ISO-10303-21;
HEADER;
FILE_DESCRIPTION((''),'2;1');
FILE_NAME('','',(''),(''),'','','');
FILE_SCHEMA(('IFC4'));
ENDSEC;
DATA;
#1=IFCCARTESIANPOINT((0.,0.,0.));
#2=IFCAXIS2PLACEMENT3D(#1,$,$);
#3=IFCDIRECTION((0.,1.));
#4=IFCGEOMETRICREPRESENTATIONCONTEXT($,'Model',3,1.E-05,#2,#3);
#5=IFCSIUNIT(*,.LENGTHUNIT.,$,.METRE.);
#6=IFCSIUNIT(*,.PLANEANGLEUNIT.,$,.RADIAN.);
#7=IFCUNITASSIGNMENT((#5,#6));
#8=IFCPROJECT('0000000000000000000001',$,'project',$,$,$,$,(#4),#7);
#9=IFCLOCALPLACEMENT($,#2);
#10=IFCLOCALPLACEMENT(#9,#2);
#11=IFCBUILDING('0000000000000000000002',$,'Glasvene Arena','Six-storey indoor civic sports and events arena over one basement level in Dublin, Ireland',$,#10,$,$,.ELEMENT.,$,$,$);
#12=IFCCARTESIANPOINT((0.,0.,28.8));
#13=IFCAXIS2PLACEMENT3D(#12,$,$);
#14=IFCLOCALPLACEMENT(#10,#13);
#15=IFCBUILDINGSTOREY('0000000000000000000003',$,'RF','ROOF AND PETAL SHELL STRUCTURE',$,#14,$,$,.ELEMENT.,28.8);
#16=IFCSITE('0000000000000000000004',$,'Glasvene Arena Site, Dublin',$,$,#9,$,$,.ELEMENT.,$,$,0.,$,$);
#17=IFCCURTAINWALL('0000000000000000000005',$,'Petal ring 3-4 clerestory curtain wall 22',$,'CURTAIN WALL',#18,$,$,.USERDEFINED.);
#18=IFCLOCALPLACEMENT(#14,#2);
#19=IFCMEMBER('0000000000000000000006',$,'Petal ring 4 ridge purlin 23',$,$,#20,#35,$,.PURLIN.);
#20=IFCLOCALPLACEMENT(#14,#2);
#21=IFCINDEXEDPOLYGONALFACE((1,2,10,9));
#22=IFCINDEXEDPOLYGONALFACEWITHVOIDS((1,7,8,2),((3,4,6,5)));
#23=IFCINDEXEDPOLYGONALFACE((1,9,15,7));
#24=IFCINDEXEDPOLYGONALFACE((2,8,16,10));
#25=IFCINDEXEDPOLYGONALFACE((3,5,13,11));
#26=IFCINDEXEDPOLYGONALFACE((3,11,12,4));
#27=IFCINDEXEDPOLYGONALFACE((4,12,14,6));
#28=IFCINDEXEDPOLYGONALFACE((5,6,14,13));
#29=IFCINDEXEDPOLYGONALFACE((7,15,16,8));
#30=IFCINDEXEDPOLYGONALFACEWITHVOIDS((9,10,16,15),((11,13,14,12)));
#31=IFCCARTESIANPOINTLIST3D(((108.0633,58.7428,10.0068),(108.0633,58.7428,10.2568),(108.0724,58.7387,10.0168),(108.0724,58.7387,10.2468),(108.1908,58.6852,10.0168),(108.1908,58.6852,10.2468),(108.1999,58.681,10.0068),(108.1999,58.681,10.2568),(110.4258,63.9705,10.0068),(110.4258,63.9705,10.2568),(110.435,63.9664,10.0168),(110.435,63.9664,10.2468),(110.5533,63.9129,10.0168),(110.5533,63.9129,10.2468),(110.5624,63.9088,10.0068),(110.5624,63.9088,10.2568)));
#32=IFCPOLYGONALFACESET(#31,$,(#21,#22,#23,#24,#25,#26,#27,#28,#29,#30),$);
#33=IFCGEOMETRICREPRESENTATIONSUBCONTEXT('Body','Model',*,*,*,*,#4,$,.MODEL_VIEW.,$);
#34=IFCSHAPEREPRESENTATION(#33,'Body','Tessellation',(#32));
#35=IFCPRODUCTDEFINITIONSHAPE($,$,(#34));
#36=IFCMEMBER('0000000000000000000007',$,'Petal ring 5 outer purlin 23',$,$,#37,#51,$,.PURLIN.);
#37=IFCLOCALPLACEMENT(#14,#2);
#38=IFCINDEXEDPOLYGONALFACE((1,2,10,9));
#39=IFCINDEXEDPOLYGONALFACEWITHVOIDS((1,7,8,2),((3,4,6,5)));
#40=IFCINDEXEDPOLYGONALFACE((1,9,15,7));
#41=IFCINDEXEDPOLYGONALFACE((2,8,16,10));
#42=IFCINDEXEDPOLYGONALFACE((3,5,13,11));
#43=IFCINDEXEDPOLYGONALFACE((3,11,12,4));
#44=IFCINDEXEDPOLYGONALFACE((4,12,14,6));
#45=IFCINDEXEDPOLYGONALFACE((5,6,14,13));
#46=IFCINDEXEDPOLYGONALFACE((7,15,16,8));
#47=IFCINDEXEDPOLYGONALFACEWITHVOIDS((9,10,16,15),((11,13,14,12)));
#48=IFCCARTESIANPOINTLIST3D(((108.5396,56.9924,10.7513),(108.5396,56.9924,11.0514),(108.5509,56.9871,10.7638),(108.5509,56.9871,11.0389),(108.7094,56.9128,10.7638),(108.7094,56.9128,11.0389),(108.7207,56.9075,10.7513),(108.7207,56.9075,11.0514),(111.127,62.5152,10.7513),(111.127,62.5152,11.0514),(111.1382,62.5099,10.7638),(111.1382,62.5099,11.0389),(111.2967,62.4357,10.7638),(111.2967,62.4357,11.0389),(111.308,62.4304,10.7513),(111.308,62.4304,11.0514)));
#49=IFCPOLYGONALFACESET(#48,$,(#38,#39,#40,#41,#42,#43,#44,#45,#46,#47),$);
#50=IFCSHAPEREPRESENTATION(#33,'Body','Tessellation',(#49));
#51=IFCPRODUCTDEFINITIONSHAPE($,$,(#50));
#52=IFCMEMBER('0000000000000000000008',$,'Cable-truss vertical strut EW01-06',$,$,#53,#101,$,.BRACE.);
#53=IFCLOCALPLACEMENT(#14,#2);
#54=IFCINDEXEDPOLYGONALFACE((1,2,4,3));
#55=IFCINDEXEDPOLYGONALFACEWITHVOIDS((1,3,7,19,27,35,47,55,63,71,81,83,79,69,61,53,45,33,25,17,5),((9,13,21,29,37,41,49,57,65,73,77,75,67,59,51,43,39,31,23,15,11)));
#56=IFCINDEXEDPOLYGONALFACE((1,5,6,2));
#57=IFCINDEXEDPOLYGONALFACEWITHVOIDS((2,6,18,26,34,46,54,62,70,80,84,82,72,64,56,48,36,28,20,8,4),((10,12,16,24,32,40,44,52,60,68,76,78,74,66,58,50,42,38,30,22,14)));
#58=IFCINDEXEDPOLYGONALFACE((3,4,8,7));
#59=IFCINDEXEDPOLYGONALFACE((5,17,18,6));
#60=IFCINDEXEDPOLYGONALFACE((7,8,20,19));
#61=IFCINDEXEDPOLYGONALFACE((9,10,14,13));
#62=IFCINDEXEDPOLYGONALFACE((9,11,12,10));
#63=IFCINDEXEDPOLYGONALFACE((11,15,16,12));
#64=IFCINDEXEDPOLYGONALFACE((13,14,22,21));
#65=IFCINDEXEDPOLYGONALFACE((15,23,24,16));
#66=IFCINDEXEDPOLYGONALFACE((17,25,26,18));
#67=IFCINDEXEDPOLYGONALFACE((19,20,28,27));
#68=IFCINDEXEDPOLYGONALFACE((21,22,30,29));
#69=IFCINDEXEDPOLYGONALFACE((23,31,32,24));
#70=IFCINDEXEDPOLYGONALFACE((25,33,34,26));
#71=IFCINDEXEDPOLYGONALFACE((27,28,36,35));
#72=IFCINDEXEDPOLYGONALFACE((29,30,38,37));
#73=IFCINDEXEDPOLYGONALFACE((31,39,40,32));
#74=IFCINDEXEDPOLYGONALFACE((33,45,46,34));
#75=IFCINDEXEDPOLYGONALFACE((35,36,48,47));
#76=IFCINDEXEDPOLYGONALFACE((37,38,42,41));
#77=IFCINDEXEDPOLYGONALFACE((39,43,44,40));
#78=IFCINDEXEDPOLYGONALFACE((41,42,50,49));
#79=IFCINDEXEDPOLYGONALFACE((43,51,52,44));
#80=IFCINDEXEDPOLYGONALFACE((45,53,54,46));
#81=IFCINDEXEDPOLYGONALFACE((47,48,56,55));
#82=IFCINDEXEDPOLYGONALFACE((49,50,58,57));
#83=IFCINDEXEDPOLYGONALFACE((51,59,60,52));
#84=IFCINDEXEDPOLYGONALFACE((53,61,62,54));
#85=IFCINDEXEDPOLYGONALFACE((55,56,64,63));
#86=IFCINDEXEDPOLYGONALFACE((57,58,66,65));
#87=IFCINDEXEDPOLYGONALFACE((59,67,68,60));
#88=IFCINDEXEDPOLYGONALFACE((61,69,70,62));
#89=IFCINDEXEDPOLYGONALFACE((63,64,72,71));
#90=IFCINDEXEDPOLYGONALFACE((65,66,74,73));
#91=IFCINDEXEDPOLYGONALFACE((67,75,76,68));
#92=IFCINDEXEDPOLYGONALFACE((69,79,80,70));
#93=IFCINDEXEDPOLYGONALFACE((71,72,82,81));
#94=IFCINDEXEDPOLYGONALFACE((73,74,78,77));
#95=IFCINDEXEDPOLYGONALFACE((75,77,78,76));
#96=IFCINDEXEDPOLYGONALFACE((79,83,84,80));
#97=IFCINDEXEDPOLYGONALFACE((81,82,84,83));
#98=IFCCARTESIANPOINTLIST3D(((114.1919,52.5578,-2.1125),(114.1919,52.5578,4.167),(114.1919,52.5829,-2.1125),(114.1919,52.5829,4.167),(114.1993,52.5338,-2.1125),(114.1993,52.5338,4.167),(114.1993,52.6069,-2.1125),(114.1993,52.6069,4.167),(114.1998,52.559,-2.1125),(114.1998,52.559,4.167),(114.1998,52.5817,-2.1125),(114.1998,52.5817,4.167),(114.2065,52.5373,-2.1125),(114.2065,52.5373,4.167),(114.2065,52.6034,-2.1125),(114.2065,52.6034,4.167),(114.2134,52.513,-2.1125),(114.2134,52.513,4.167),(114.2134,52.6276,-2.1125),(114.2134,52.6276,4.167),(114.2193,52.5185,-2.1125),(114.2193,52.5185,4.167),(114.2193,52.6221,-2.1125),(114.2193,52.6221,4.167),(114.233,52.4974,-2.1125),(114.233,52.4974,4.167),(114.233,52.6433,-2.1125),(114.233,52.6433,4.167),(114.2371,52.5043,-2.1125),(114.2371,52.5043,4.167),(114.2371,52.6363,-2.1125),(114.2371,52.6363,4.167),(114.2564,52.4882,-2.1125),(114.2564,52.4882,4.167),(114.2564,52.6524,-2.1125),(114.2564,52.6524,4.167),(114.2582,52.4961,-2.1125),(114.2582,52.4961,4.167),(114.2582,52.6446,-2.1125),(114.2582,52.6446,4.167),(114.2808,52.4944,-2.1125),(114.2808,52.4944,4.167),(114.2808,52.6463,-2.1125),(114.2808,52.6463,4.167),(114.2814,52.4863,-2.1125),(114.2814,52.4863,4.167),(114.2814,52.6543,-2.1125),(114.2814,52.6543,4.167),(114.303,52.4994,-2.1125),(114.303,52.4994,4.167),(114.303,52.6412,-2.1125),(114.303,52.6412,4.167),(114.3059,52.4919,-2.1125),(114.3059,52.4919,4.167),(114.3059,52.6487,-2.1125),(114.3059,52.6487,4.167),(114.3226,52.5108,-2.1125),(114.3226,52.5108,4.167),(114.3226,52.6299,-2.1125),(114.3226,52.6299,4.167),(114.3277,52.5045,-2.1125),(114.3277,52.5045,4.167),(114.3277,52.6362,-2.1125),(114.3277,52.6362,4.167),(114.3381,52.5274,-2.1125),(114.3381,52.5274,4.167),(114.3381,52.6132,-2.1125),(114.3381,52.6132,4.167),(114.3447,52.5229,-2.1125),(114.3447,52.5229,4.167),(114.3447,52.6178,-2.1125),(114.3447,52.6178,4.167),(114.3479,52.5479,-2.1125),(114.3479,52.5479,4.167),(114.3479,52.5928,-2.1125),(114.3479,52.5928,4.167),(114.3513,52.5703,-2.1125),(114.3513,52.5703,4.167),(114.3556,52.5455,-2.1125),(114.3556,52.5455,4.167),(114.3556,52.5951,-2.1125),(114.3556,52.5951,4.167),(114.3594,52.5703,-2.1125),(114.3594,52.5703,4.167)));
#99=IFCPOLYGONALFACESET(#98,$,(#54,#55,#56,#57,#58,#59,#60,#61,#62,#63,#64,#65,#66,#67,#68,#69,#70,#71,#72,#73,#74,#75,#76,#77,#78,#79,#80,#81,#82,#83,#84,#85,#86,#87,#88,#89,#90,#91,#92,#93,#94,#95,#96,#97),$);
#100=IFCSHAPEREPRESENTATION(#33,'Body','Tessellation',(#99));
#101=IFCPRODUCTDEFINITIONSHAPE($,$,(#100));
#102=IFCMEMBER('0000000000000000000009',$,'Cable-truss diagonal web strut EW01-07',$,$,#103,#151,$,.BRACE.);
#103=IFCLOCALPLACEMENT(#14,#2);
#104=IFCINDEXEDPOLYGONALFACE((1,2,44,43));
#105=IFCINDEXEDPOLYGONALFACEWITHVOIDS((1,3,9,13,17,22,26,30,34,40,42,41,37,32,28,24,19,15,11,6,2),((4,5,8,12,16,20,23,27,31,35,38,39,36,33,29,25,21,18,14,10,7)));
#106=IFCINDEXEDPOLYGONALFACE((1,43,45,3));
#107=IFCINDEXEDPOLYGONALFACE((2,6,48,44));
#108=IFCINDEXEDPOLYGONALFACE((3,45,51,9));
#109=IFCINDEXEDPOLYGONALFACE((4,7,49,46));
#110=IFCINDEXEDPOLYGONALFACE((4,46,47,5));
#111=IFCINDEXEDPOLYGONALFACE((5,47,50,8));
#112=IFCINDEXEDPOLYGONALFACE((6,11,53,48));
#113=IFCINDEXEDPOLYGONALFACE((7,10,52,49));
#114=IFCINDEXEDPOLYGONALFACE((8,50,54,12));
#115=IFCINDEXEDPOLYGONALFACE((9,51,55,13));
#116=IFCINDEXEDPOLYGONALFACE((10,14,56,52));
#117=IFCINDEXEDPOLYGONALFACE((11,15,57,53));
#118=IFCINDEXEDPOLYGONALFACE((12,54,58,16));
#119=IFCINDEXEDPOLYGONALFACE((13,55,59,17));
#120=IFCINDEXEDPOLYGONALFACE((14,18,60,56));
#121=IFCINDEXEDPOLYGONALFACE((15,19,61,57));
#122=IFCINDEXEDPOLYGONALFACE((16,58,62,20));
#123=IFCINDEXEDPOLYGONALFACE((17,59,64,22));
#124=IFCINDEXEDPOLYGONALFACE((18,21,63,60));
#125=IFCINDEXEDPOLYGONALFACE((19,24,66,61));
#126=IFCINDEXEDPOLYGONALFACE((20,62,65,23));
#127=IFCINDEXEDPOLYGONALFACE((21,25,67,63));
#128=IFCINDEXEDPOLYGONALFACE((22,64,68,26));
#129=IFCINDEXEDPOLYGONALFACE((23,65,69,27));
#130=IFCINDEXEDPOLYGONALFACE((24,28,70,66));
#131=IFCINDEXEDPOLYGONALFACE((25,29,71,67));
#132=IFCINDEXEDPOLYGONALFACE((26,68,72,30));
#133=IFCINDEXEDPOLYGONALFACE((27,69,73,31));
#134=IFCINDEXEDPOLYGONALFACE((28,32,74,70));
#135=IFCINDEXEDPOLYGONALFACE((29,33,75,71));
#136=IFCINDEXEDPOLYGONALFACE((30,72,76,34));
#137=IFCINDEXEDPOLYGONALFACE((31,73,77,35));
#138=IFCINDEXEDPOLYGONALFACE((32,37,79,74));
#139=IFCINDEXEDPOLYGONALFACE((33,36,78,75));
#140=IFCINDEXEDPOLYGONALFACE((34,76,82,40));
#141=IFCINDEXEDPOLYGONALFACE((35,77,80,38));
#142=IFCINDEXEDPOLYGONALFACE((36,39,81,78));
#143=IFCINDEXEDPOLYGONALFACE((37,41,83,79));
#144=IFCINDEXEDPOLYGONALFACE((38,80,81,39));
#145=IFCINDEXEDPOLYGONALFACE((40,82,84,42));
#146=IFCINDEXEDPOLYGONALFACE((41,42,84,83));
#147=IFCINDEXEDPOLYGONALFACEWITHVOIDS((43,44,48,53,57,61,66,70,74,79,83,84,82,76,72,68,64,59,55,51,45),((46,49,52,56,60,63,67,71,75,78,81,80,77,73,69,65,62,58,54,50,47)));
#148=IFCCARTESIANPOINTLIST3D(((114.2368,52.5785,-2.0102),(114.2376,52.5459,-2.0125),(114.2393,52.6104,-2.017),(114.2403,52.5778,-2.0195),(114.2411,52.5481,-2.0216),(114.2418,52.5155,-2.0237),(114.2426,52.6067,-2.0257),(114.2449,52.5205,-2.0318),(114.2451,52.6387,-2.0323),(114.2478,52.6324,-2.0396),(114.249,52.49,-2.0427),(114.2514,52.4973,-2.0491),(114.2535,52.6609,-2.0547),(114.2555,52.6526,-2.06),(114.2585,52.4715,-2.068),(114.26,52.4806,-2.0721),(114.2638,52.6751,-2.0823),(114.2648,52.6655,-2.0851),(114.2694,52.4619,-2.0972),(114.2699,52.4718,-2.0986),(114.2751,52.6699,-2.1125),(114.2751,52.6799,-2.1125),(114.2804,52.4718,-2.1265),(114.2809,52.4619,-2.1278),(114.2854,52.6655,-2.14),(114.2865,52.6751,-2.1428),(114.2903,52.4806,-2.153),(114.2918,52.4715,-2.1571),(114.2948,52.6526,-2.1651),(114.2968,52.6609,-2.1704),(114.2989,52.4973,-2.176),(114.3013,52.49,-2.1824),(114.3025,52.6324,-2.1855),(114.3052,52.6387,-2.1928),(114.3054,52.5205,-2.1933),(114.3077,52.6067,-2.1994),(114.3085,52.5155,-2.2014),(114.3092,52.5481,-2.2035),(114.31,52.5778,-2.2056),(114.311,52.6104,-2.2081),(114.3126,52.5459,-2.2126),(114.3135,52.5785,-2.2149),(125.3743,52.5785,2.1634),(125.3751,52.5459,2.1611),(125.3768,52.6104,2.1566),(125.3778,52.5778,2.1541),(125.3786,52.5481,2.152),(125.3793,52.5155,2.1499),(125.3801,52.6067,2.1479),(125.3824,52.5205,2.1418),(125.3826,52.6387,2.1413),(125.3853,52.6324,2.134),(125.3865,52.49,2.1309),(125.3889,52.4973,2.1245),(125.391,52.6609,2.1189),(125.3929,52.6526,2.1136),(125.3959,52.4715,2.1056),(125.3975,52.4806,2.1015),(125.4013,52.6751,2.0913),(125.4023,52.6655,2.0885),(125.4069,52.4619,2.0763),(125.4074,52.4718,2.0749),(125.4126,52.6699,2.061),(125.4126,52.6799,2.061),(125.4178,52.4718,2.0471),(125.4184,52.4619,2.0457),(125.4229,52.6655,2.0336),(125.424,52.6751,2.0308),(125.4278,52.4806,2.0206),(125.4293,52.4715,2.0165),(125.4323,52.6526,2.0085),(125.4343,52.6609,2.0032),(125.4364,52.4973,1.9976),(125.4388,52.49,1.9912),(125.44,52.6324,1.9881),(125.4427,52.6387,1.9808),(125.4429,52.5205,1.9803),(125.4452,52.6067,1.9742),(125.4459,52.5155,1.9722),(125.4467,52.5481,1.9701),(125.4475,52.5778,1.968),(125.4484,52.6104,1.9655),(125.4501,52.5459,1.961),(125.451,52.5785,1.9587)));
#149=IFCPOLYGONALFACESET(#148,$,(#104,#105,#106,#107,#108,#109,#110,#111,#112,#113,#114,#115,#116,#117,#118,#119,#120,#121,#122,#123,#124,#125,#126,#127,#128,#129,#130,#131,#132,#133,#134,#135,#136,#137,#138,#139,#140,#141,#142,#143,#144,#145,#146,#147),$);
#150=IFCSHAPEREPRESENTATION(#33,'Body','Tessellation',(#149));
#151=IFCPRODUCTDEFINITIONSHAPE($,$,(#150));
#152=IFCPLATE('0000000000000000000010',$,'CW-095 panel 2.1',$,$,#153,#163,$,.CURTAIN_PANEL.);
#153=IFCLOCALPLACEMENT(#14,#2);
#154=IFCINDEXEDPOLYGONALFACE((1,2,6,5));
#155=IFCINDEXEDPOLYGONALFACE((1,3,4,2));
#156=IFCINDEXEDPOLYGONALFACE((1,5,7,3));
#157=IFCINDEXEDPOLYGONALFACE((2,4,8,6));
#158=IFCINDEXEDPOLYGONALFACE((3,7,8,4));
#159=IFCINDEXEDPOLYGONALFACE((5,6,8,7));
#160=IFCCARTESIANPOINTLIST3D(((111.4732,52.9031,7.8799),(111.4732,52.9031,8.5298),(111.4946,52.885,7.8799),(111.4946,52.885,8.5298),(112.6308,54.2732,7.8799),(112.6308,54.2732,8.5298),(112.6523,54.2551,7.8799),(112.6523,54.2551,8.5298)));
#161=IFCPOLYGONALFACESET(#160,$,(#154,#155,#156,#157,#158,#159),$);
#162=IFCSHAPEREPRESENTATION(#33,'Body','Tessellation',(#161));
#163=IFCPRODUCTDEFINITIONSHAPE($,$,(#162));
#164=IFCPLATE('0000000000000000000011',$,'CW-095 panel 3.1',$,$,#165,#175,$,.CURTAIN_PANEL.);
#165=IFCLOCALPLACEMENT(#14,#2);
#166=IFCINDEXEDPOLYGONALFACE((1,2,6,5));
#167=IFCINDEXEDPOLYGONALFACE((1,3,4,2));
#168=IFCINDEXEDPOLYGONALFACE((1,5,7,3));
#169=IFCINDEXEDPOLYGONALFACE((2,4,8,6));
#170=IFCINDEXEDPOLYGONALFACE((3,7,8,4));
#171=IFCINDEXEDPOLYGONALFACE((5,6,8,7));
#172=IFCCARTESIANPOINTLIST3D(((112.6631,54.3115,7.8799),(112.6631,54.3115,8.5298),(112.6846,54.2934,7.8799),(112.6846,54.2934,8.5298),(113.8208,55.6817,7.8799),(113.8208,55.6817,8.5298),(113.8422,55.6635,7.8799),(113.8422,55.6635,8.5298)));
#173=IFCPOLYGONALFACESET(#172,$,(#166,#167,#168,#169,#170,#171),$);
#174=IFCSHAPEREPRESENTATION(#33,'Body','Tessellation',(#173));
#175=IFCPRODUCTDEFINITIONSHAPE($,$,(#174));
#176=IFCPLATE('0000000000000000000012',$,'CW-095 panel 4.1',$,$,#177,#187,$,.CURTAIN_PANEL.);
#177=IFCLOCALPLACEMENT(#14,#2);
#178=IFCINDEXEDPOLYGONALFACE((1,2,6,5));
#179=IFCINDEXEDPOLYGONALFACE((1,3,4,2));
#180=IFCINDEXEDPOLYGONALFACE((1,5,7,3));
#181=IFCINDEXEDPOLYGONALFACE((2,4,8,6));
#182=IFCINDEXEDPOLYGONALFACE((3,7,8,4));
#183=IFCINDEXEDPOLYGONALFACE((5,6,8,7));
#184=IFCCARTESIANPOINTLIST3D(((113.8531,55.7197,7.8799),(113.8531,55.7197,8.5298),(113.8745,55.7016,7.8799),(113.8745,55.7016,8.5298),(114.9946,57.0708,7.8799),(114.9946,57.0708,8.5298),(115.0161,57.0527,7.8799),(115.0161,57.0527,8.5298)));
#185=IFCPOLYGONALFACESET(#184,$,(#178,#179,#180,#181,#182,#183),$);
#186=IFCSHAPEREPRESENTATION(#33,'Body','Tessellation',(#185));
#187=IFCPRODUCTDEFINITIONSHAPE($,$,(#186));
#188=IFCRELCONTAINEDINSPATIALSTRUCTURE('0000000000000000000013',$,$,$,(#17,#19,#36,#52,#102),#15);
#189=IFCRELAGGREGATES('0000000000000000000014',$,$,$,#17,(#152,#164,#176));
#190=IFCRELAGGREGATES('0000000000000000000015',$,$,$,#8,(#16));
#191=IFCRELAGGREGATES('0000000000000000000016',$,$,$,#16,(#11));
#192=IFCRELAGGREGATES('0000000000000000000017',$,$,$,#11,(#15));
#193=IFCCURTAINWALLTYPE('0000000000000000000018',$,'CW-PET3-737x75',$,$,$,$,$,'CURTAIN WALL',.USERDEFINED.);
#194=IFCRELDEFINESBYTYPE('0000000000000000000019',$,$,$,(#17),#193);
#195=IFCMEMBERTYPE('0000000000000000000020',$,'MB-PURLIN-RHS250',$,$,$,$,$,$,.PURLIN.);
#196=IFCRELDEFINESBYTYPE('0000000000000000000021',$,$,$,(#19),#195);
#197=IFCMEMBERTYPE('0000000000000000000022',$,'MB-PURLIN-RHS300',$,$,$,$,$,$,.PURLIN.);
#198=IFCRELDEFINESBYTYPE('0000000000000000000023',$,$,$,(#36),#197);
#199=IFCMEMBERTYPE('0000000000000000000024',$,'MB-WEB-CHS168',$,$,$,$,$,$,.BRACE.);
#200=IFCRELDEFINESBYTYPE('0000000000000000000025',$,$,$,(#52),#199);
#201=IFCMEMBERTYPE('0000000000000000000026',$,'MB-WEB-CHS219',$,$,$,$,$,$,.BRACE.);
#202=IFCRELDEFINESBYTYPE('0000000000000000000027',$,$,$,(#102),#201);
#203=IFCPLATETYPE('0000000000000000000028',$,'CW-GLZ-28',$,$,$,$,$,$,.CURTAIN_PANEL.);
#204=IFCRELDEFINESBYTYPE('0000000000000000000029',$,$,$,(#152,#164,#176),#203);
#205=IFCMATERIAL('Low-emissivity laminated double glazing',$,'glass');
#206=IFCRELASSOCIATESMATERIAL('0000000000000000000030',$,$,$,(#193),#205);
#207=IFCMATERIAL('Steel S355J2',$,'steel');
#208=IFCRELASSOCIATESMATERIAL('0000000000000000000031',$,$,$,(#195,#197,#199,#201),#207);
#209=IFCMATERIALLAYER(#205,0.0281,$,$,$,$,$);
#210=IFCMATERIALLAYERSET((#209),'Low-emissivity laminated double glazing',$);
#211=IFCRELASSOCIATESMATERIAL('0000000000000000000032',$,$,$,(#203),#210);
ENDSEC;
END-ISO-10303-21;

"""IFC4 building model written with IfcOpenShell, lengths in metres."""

from ifc_helpers import new_model, si_unit, direction, frame, origin, origin_2d, place, context, subcontext, project, spatial, rectangle, hollow_rectangle, hollow_circle, extrude, material, layer, layer_set, material_profile, profile_set, type_object, element, aggregate, save


model = new_model("IFC4")

# Units and contexts
model_context = context("Model", 3, precision=1e-05, world=origin(), true_north=direction((0.0, 1.0)))
body_context = subcontext(model_context, "Body", "Model", "MODEL_VIEW")
ifc_project = project(units=[si_unit("LENGTHUNIT", "METRE"), si_unit("PLANEANGLEUNIT", "RADIAN")], contexts=[model_context])

# Site, building, storey
site_placement = place(None, origin())
site = spatial("IfcSite", under=ifc_project, at=site_placement, Name="Glasvene Arena Site, Dublin", CompositionType="ELEMENT", RefElevation=0.0)
building_placement = place(site_placement, origin())
building = spatial("IfcBuilding", under=site, at=building_placement, Name="Glasvene Arena", Description="Six-storey indoor civic sports and events arena over one basement level in Dublin, Ireland", CompositionType="ELEMENT")
storey_placement = place(building_placement, frame((0.0, 0.0, 28.8)))
storey = spatial("IfcBuildingStorey", under=building, at=storey_placement, Name="RF", Description="ROOF AND PETAL SHELL STRUCTURE", CompositionType="ELEMENT", Elevation=28.8)

# Curtain wall
ifc_material_1 = material(Name="Low-emissivity laminated double glazing", Category="glass")
curtain_wall_type_1 = type_object("IfcCurtainWallType", Name="CW-PET3-737x75", ElementType="CURTAIN WALL", PredefinedType="USERDEFINED", material=ifc_material_1)
curtain_wall_1_placement = place(storey_placement, frame((110.2778, 51.4668, 0.0)))
curtain_wall_1 = element("IfcCurtainWall", 1, at=curtain_wall_1_placement, inside=storey, type_object=curtain_wall_type_1, Name="Petal ring 3-4 clerestory curtain wall 22", ObjectType="CURTAIN WALL", PredefinedType="USERDEFINED")

# Members
ifc_material_2 = material(Name="Steel S355J2", Category="steel")
ifc_material_profile_1 = material_profile(ifc_material_2, hollow_rectangle(XDim=0.1499, YDim=0.25, WallThickness=0.01, at=origin_2d()), Name="RHS 250x150x10.0")
ifc_profile_set_1 = profile_set([ifc_material_profile_1], Name="Steel S355J2")
member_type_1 = type_object("IfcMemberType", Name="MB-PURLIN-RHS250", PredefinedType="PURLIN", material=ifc_profile_set_1)
member_1_placement = place(storey_placement, frame((108.1316, 58.7119, 10.1318), z_axis=(0.41182, 0.911265, 0.0), x_axis=(-0.911265, 0.41182, 0.0)))
element("IfcMember", 2, at=member_1_placement, inside=storey, type_object=member_type_1, Name="Petal ring 4 ridge purlin 23", PredefinedType="PURLIN", context=body_context, shape_type="SweptSolid", body=[
    extrude(hollow_rectangle(XDim=0.1499, YDim=0.25, WallThickness=0.01, at=origin_2d()), origin(), (0.0, 0.0, 1.0), 5.7368),
])
ifc_material_profile_2 = material_profile(ifc_material_2, hollow_rectangle(XDim=0.2, YDim=0.3, WallThickness=0.0125, at=origin_2d()), Name="RHS 300x200x12.5")
ifc_profile_set_2 = profile_set([ifc_material_profile_2], Name="Steel S355J2")
member_type_2 = type_object("IfcMemberType", Name="MB-PURLIN-RHS300", PredefinedType="PURLIN", material=ifc_profile_set_2)
member_2_placement = place(storey_placement, frame((108.6301, 56.95, 10.9014), z_axis=(0.424235, 0.905552, 0.0), x_axis=(-0.905552, 0.424235, 0.0)))
element("IfcMember", 3, at=member_2_placement, inside=storey, type_object=member_type_2, Name="Petal ring 5 outer purlin 23", PredefinedType="PURLIN", context=body_context, shape_type="SweptSolid", body=[
    extrude(hollow_rectangle(XDim=0.2, YDim=0.3, WallThickness=0.0125, at=origin_2d()), origin(), (0.0, 0.0, 1.0), 6.0989),
])
ifc_material_profile_3 = material_profile(ifc_material_2, hollow_circle(Radius=0.0842, WallThickness=0.0081, at=origin_2d()), Name="CHS 168.3x8.0")
ifc_profile_set_3 = profile_set([ifc_material_profile_3], Name="Steel S355J2")
member_type_3 = type_object("IfcMemberType", Name="MB-WEB-CHS168", PredefinedType="BRACE", material=ifc_profile_set_3)
member_3_placement = place(storey_placement, frame((114.2751, 52.5703, -2.1125), z_axis=(0.0, 0.0, 1.0), x_axis=(1.0, 0.0, 0.0)))
element("IfcMember", 4, at=member_3_placement, inside=storey, type_object=member_type_3, Name="Cable-truss vertical strut EW01-06", PredefinedType="BRACE", context=body_context, shape_type="SweptSolid", body=[
    extrude(hollow_circle(Radius=0.0842, WallThickness=0.0081, at=origin_2d()), origin(), (0.0, 0.0, 1.0), 6.2795),
])
ifc_material_profile_4 = material_profile(ifc_material_2, hollow_circle(Radius=0.1096, WallThickness=0.01, at=origin_2d()), Name="CHS 219.1x10.0")
ifc_profile_set_4 = profile_set([ifc_material_profile_4], Name="Steel S355J2")
member_type_4 = type_object("IfcMemberType", Name="MB-WEB-CHS219", PredefinedType="BRACE", material=ifc_profile_set_4)
member_4_placement = place(storey_placement, frame((114.2751, 52.5703, -2.1125), z_axis=(0.936411, 0.0, 0.350905), x_axis=(0.0, 1.0, 0.0)))
element("IfcMember", 5, at=member_4_placement, inside=storey, type_object=member_type_4, Name="Cable-truss diagonal web strut EW01-07", PredefinedType="BRACE", context=body_context, shape_type="SweptSolid", body=[
    extrude(hollow_circle(Radius=0.1096, WallThickness=0.01, at=origin_2d()), origin(), (0.0, 0.0, 1.0), 11.8938),
])

# Plates
ifc_layer_1 = layer(ifc_material_1, 0.0281)
ifc_layer_set_1 = layer_set([ifc_layer_1], Name="Low-emissivity laminated double glazing")
plate_type_1 = type_object("IfcPlateType", Name="CW-GLZ-28", PredefinedType="CURTAIN_PANEL", material=ifc_layer_set_1)
plate_1_placement = place(storey_placement, frame((112.0627, 53.5791, 7.8799), z_axis=(0.0, 0.0, 1.0), x_axis=(0.645394, 0.76385, 0.0)))
plate_1 = element("IfcPlate", 6, at=plate_1_placement, type_object=plate_type_1, Name="CW-095 panel 2.1", PredefinedType="CURTAIN_PANEL", context=body_context, shape_type="SweptSolid", body=[
    extrude(rectangle(XDim=1.7937, YDim=0.0281, at=origin_2d()), origin(), (0.0, 0.0, 1.0), 0.6499),
])
plate_2_placement = place(storey_placement, frame((113.2527, 54.9875, 7.8799), z_axis=(0.0, 0.0, 1.0), x_axis=(0.645394, 0.76385, 0.0)))
plate_2 = element("IfcPlate", 7, at=plate_2_placement, type_object=plate_type_1, Name="CW-095 panel 3.1", PredefinedType="CURTAIN_PANEL", context=body_context, shape_type="SweptSolid", body=[
    extrude(rectangle(XDim=1.7937, YDim=0.0281, at=origin_2d()), origin(), (0.0, 0.0, 1.0), 0.6499),
])
plate_3_placement = place(storey_placement, frame((114.4346, 56.3862, 7.8799), z_axis=(0.0, 0.0, 1.0), x_axis=(0.645394, 0.76385, 0.0)))
plate_3 = element("IfcPlate", 8, at=plate_3_placement, type_object=plate_type_1, Name="CW-095 panel 4.1", PredefinedType="CURTAIN_PANEL", context=body_context, shape_type="SweptSolid", body=[
    extrude(rectangle(XDim=1.7688, YDim=0.0281, at=origin_2d()), origin(), (0.0, 0.0, 1.0), 0.6499),
])
aggregate(curtain_wall_1, [plate_1, plate_2, plate_3])

save(model, "model.ifc")
